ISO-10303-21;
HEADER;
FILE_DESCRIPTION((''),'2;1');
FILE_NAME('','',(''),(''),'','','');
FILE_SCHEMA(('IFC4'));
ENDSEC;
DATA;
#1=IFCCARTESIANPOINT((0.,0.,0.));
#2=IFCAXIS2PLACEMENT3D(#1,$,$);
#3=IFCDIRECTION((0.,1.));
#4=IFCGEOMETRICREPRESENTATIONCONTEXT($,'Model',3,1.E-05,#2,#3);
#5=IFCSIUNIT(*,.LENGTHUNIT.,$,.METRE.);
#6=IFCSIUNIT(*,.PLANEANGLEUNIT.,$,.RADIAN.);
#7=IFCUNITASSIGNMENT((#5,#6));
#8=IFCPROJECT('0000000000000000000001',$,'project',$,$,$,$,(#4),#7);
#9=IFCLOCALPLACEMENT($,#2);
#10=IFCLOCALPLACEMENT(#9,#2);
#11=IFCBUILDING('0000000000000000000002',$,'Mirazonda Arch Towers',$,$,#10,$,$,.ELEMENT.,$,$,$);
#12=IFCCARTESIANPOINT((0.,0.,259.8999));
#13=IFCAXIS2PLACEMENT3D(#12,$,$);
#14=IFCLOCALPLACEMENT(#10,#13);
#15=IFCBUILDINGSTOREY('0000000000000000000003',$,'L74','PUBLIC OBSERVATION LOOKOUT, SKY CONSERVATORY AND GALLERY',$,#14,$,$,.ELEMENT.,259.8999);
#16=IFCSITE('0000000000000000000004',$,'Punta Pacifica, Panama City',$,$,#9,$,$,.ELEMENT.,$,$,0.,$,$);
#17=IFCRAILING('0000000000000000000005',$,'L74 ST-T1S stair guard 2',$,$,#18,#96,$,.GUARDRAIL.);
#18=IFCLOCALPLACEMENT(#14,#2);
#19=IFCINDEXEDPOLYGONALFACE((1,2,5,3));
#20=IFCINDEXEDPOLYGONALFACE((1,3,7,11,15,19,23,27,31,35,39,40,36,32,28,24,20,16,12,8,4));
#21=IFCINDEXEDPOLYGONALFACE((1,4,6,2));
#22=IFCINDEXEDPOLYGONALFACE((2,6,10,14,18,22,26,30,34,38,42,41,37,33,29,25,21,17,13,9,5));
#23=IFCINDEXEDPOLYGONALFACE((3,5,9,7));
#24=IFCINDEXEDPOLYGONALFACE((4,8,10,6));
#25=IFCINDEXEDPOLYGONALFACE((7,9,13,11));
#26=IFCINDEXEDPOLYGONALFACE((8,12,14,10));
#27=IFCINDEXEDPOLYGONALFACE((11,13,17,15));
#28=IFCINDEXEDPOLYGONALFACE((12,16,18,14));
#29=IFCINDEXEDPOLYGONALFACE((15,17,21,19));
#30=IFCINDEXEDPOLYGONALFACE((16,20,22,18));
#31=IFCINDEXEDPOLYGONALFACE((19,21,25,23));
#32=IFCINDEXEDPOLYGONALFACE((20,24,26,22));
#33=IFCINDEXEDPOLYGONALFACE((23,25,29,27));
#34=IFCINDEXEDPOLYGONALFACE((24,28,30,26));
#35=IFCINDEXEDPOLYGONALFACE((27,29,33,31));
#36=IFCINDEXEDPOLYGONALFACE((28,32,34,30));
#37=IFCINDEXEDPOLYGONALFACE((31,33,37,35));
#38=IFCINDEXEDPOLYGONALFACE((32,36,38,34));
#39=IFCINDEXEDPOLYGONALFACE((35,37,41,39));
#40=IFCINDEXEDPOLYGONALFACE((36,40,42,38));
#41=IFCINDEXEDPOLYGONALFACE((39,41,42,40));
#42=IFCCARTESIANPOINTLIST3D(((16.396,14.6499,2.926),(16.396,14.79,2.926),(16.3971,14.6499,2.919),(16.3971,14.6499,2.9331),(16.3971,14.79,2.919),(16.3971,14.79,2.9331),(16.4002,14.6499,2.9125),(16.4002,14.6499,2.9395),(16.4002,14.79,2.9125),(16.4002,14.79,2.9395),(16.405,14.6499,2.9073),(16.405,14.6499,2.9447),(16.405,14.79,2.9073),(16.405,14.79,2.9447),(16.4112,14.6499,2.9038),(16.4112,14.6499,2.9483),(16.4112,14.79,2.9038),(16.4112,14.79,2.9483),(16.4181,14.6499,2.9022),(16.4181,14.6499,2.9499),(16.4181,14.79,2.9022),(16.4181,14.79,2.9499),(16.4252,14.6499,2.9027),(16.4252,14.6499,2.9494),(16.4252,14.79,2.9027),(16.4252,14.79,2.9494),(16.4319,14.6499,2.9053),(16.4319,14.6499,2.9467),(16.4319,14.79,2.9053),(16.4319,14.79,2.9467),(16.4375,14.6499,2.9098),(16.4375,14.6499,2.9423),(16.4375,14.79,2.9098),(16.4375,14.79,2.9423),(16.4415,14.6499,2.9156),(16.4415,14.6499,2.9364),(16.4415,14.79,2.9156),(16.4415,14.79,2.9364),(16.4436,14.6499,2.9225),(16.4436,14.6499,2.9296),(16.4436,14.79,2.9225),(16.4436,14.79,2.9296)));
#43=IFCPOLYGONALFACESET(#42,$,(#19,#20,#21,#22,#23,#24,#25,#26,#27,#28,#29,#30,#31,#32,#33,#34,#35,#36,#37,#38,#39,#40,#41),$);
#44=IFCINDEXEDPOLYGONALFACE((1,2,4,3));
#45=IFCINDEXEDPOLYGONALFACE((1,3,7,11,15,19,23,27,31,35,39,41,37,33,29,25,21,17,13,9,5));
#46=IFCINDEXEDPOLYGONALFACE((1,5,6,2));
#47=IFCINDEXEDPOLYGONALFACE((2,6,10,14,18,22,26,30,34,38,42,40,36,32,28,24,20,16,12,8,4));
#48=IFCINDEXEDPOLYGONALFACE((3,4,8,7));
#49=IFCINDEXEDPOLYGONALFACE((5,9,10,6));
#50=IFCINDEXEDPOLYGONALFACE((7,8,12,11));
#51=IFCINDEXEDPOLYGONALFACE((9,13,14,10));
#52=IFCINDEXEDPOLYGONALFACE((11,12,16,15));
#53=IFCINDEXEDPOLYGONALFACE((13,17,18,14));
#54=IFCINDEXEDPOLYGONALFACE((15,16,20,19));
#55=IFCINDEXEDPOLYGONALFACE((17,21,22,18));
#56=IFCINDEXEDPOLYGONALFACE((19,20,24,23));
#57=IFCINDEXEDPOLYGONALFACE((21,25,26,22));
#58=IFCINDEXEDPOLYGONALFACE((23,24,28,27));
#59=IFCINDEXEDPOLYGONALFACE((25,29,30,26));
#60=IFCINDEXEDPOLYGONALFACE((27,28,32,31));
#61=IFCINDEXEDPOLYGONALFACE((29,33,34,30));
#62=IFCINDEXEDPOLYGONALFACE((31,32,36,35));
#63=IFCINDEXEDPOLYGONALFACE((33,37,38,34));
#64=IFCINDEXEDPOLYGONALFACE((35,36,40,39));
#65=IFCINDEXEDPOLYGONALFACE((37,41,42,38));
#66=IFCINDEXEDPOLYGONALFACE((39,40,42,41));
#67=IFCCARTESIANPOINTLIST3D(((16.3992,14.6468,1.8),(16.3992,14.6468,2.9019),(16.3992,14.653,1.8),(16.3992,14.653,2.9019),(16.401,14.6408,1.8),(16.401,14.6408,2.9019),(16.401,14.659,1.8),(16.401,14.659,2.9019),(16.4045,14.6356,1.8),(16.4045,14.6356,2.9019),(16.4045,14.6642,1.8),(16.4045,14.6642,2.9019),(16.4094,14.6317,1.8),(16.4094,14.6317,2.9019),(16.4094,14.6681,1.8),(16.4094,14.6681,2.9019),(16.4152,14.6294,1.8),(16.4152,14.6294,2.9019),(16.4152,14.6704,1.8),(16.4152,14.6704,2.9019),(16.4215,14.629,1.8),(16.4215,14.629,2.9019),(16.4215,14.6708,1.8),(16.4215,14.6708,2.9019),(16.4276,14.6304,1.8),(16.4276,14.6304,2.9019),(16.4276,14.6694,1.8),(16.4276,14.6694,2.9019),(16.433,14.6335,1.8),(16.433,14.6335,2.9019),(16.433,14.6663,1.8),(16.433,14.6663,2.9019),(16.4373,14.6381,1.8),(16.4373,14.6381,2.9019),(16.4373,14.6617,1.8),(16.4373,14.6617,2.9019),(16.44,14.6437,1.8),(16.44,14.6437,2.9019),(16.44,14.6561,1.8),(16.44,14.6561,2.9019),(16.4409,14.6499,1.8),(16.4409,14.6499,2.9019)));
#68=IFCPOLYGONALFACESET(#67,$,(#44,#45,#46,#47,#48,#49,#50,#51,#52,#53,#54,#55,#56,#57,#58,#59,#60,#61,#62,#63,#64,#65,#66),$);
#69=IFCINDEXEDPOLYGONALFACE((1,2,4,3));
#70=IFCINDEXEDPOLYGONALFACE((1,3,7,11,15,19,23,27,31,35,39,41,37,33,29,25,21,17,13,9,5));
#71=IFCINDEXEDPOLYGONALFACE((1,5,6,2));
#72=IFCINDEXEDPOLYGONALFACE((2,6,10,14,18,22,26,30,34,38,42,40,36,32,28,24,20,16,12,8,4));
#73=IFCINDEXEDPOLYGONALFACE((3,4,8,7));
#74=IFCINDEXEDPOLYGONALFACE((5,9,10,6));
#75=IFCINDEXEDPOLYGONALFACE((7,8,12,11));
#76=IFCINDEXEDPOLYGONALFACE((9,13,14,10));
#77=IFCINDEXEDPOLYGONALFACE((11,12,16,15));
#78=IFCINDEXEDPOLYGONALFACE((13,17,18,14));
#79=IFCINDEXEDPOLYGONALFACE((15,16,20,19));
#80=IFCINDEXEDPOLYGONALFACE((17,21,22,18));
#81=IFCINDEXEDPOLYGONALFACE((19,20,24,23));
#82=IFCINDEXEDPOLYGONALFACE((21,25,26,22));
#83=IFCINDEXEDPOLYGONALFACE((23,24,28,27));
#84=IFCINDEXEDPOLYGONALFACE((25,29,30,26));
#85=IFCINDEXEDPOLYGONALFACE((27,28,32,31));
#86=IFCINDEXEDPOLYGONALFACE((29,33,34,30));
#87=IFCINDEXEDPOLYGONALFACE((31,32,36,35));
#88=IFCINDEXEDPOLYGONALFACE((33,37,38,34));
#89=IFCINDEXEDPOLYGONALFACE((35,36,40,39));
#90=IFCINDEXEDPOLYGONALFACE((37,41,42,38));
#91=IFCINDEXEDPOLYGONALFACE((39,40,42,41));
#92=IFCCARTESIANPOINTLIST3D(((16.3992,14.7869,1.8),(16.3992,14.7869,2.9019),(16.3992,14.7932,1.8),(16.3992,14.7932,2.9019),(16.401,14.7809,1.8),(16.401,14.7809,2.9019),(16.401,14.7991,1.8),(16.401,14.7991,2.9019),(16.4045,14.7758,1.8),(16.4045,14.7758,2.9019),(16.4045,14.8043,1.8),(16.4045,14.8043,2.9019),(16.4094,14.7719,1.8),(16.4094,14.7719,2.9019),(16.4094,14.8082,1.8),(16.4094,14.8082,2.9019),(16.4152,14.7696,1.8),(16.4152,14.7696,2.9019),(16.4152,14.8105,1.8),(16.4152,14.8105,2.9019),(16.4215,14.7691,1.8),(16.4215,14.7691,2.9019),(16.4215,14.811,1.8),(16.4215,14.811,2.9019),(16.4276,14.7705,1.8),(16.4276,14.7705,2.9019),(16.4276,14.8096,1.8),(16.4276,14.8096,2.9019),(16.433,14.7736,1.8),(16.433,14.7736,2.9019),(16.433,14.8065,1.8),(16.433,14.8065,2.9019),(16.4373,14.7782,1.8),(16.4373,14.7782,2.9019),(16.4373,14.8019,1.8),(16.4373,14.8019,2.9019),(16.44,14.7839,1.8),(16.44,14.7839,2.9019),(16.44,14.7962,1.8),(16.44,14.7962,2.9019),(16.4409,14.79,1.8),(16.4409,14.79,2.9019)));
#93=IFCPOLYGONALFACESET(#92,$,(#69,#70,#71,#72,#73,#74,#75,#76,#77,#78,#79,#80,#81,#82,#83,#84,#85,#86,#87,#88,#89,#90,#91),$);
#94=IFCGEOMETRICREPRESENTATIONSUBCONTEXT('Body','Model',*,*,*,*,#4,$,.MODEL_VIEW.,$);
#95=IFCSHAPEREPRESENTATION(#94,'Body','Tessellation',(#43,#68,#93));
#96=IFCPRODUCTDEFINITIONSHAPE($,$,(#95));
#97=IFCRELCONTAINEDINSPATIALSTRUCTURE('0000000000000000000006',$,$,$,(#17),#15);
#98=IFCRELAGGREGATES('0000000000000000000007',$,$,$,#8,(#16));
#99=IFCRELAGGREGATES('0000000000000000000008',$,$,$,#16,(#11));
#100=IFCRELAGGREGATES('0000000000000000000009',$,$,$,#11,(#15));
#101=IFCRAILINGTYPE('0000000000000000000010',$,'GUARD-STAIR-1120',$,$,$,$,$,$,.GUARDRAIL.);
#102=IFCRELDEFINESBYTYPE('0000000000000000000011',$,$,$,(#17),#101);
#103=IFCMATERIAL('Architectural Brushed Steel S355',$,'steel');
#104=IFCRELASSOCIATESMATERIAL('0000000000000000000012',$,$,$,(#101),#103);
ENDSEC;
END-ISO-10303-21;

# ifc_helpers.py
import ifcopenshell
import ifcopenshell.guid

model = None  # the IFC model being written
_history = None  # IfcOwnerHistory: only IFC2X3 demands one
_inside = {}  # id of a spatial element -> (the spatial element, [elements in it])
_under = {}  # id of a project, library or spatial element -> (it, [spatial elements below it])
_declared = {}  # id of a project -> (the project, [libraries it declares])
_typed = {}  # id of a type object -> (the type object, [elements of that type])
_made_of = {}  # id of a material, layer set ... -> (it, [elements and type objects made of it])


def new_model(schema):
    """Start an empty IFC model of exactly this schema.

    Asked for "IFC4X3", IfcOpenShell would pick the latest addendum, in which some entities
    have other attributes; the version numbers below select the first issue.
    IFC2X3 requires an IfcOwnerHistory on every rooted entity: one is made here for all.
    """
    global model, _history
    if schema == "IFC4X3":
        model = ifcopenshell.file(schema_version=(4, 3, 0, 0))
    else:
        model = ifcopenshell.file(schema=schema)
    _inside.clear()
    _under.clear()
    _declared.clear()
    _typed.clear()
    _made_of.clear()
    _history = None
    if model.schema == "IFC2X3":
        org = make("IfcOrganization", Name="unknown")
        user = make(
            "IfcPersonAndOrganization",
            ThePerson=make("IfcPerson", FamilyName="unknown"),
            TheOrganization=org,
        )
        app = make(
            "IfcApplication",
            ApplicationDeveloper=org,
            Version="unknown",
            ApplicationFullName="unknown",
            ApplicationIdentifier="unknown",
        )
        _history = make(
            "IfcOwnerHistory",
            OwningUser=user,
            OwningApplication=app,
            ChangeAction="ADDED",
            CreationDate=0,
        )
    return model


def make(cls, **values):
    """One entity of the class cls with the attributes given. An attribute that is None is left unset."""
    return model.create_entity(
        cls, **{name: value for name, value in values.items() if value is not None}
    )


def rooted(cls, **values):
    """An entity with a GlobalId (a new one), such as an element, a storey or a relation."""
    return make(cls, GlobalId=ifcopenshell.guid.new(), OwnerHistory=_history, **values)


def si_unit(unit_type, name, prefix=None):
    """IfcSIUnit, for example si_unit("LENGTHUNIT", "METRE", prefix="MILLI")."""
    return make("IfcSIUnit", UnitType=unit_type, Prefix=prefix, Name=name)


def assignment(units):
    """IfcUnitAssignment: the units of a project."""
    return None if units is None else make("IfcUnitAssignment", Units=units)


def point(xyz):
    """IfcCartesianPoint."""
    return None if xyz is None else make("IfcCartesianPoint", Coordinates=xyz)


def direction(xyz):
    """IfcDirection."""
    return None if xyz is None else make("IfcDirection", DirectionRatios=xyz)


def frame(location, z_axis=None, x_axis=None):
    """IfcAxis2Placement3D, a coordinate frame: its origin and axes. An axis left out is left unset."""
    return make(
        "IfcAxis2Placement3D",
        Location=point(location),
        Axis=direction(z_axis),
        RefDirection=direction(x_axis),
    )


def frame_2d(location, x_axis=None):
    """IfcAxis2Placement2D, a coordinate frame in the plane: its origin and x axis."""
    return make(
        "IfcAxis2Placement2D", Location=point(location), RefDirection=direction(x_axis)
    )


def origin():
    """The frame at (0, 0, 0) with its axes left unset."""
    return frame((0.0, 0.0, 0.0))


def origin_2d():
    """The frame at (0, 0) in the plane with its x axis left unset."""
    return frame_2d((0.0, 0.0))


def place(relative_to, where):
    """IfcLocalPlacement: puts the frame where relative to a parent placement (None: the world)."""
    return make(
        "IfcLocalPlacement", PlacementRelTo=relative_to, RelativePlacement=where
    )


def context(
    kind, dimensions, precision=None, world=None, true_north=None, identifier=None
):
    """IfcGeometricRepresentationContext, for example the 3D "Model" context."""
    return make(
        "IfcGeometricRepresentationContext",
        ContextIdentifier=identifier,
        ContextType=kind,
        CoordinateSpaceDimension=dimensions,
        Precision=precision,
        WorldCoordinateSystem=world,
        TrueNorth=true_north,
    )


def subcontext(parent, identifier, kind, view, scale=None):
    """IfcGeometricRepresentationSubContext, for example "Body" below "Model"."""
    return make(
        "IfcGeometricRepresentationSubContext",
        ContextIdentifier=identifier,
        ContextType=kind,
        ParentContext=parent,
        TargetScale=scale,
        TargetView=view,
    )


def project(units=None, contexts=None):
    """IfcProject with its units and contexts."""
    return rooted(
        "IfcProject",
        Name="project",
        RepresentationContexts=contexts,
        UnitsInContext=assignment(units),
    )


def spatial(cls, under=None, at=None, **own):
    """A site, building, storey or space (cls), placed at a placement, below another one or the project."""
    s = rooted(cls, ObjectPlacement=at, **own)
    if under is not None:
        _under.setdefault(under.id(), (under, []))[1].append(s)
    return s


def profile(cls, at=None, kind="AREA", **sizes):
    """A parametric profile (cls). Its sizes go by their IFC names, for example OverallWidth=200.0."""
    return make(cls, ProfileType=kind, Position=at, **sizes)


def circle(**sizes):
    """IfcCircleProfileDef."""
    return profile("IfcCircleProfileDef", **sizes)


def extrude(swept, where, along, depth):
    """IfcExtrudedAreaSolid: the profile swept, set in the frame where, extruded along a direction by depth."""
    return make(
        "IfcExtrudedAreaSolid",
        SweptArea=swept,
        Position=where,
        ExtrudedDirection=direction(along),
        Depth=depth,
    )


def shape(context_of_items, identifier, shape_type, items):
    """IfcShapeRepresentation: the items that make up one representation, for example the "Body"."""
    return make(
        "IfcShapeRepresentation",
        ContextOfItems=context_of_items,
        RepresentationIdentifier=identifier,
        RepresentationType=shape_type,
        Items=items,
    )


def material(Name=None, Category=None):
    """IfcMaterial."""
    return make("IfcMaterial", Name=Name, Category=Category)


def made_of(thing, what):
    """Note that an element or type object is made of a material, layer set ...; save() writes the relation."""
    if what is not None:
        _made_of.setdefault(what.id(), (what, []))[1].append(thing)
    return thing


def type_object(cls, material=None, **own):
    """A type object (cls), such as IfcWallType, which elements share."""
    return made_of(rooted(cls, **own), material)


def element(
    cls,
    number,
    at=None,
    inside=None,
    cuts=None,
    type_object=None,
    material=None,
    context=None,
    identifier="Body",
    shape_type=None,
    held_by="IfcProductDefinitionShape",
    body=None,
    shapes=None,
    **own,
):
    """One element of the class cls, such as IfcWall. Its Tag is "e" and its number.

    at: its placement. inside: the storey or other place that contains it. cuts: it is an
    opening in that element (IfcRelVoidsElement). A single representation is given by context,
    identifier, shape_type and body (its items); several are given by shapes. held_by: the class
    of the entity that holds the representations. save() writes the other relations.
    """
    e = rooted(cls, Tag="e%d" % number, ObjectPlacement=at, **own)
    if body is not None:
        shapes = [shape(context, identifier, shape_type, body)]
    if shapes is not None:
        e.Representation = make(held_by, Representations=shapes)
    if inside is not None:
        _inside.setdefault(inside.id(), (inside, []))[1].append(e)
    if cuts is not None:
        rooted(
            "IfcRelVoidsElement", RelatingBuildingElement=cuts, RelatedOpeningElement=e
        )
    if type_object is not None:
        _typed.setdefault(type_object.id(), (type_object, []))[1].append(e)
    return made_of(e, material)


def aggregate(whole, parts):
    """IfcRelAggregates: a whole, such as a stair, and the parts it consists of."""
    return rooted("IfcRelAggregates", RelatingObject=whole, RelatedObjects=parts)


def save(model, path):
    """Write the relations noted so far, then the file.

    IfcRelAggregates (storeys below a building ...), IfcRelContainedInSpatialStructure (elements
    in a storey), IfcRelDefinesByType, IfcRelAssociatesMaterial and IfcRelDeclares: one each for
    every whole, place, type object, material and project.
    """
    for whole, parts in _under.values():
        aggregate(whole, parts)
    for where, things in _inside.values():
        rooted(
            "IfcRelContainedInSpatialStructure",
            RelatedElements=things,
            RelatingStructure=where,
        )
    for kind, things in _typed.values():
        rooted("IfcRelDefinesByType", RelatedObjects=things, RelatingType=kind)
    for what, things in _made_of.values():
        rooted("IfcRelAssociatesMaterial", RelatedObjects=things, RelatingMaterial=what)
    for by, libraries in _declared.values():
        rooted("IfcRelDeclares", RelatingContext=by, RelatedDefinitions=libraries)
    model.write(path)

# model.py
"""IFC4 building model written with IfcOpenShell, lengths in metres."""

from ifc_helpers import new_model, si_unit, direction, frame, origin, origin_2d, place, context, subcontext, project, spatial, circle, extrude, material, type_object, element, save


model = new_model("IFC4")

# Units and contexts
model_context = context("Model", 3, precision=1e-05, world=origin(), true_north=direction((0.0, 1.0)))
body_context = subcontext(model_context, "Body", "Model", "MODEL_VIEW")
ifc_project = project(units=[si_unit("LENGTHUNIT", "METRE"), si_unit("PLANEANGLEUNIT", "RADIAN")], contexts=[model_context])

# Site, building, storey
site_placement = place(None, origin())
site = spatial("IfcSite", under=ifc_project, at=site_placement, Name="Punta Pacifica, Panama City", CompositionType="ELEMENT", RefElevation=0.0)
building_placement = place(site_placement, origin())
building = spatial("IfcBuilding", under=site, at=building_placement, Name="Mirazonda Arch Towers", CompositionType="ELEMENT")
storey_placement = place(building_placement, frame((0.0, 0.0, 259.8999)))
storey = spatial("IfcBuildingStorey", under=building, at=storey_placement, Name="L74", Description="PUBLIC OBSERVATION LOOKOUT, SKY CONSERVATORY AND GALLERY", CompositionType="ELEMENT", Elevation=259.8999)

# Railing
ifc_material_1 = material(Name="Architectural Brushed Steel S355", Category="steel")
railing_type_1 = type_object("IfcRailingType", Name="GUARD-STAIR-1120", PredefinedType="GUARDRAIL", material=ifc_material_1)
railing_1_placement = place(storey_placement, frame((16.4199, 14.6499, 1.8)))
element("IfcRailing", 1, at=railing_1_placement, inside=storey, type_object=railing_type_1, Name="L74 ST-T1S stair guard 2", PredefinedType="GUARDRAIL", context=body_context, shape_type="SweptSolid", body=[
    extrude(circle(Radius=0.0239, at=origin_2d()), frame((0.0, 0.0, 1.126), z_axis=(0.0, 1.0, 0.0), x_axis=(-1.0, 0.0, 0.0)), (0.0, 0.0, 1.0), 0.1401),
    extrude(circle(Radius=0.021, at=origin_2d()), origin(), (0.0, 0.0, 1.0), 1.1018),
    extrude(circle(Radius=0.021, at=origin_2d()), frame((0.0, 0.1401, 0.0)), (0.0, 0.0, 1.0), 1.1018),
])

save(model, "model.ifc")
